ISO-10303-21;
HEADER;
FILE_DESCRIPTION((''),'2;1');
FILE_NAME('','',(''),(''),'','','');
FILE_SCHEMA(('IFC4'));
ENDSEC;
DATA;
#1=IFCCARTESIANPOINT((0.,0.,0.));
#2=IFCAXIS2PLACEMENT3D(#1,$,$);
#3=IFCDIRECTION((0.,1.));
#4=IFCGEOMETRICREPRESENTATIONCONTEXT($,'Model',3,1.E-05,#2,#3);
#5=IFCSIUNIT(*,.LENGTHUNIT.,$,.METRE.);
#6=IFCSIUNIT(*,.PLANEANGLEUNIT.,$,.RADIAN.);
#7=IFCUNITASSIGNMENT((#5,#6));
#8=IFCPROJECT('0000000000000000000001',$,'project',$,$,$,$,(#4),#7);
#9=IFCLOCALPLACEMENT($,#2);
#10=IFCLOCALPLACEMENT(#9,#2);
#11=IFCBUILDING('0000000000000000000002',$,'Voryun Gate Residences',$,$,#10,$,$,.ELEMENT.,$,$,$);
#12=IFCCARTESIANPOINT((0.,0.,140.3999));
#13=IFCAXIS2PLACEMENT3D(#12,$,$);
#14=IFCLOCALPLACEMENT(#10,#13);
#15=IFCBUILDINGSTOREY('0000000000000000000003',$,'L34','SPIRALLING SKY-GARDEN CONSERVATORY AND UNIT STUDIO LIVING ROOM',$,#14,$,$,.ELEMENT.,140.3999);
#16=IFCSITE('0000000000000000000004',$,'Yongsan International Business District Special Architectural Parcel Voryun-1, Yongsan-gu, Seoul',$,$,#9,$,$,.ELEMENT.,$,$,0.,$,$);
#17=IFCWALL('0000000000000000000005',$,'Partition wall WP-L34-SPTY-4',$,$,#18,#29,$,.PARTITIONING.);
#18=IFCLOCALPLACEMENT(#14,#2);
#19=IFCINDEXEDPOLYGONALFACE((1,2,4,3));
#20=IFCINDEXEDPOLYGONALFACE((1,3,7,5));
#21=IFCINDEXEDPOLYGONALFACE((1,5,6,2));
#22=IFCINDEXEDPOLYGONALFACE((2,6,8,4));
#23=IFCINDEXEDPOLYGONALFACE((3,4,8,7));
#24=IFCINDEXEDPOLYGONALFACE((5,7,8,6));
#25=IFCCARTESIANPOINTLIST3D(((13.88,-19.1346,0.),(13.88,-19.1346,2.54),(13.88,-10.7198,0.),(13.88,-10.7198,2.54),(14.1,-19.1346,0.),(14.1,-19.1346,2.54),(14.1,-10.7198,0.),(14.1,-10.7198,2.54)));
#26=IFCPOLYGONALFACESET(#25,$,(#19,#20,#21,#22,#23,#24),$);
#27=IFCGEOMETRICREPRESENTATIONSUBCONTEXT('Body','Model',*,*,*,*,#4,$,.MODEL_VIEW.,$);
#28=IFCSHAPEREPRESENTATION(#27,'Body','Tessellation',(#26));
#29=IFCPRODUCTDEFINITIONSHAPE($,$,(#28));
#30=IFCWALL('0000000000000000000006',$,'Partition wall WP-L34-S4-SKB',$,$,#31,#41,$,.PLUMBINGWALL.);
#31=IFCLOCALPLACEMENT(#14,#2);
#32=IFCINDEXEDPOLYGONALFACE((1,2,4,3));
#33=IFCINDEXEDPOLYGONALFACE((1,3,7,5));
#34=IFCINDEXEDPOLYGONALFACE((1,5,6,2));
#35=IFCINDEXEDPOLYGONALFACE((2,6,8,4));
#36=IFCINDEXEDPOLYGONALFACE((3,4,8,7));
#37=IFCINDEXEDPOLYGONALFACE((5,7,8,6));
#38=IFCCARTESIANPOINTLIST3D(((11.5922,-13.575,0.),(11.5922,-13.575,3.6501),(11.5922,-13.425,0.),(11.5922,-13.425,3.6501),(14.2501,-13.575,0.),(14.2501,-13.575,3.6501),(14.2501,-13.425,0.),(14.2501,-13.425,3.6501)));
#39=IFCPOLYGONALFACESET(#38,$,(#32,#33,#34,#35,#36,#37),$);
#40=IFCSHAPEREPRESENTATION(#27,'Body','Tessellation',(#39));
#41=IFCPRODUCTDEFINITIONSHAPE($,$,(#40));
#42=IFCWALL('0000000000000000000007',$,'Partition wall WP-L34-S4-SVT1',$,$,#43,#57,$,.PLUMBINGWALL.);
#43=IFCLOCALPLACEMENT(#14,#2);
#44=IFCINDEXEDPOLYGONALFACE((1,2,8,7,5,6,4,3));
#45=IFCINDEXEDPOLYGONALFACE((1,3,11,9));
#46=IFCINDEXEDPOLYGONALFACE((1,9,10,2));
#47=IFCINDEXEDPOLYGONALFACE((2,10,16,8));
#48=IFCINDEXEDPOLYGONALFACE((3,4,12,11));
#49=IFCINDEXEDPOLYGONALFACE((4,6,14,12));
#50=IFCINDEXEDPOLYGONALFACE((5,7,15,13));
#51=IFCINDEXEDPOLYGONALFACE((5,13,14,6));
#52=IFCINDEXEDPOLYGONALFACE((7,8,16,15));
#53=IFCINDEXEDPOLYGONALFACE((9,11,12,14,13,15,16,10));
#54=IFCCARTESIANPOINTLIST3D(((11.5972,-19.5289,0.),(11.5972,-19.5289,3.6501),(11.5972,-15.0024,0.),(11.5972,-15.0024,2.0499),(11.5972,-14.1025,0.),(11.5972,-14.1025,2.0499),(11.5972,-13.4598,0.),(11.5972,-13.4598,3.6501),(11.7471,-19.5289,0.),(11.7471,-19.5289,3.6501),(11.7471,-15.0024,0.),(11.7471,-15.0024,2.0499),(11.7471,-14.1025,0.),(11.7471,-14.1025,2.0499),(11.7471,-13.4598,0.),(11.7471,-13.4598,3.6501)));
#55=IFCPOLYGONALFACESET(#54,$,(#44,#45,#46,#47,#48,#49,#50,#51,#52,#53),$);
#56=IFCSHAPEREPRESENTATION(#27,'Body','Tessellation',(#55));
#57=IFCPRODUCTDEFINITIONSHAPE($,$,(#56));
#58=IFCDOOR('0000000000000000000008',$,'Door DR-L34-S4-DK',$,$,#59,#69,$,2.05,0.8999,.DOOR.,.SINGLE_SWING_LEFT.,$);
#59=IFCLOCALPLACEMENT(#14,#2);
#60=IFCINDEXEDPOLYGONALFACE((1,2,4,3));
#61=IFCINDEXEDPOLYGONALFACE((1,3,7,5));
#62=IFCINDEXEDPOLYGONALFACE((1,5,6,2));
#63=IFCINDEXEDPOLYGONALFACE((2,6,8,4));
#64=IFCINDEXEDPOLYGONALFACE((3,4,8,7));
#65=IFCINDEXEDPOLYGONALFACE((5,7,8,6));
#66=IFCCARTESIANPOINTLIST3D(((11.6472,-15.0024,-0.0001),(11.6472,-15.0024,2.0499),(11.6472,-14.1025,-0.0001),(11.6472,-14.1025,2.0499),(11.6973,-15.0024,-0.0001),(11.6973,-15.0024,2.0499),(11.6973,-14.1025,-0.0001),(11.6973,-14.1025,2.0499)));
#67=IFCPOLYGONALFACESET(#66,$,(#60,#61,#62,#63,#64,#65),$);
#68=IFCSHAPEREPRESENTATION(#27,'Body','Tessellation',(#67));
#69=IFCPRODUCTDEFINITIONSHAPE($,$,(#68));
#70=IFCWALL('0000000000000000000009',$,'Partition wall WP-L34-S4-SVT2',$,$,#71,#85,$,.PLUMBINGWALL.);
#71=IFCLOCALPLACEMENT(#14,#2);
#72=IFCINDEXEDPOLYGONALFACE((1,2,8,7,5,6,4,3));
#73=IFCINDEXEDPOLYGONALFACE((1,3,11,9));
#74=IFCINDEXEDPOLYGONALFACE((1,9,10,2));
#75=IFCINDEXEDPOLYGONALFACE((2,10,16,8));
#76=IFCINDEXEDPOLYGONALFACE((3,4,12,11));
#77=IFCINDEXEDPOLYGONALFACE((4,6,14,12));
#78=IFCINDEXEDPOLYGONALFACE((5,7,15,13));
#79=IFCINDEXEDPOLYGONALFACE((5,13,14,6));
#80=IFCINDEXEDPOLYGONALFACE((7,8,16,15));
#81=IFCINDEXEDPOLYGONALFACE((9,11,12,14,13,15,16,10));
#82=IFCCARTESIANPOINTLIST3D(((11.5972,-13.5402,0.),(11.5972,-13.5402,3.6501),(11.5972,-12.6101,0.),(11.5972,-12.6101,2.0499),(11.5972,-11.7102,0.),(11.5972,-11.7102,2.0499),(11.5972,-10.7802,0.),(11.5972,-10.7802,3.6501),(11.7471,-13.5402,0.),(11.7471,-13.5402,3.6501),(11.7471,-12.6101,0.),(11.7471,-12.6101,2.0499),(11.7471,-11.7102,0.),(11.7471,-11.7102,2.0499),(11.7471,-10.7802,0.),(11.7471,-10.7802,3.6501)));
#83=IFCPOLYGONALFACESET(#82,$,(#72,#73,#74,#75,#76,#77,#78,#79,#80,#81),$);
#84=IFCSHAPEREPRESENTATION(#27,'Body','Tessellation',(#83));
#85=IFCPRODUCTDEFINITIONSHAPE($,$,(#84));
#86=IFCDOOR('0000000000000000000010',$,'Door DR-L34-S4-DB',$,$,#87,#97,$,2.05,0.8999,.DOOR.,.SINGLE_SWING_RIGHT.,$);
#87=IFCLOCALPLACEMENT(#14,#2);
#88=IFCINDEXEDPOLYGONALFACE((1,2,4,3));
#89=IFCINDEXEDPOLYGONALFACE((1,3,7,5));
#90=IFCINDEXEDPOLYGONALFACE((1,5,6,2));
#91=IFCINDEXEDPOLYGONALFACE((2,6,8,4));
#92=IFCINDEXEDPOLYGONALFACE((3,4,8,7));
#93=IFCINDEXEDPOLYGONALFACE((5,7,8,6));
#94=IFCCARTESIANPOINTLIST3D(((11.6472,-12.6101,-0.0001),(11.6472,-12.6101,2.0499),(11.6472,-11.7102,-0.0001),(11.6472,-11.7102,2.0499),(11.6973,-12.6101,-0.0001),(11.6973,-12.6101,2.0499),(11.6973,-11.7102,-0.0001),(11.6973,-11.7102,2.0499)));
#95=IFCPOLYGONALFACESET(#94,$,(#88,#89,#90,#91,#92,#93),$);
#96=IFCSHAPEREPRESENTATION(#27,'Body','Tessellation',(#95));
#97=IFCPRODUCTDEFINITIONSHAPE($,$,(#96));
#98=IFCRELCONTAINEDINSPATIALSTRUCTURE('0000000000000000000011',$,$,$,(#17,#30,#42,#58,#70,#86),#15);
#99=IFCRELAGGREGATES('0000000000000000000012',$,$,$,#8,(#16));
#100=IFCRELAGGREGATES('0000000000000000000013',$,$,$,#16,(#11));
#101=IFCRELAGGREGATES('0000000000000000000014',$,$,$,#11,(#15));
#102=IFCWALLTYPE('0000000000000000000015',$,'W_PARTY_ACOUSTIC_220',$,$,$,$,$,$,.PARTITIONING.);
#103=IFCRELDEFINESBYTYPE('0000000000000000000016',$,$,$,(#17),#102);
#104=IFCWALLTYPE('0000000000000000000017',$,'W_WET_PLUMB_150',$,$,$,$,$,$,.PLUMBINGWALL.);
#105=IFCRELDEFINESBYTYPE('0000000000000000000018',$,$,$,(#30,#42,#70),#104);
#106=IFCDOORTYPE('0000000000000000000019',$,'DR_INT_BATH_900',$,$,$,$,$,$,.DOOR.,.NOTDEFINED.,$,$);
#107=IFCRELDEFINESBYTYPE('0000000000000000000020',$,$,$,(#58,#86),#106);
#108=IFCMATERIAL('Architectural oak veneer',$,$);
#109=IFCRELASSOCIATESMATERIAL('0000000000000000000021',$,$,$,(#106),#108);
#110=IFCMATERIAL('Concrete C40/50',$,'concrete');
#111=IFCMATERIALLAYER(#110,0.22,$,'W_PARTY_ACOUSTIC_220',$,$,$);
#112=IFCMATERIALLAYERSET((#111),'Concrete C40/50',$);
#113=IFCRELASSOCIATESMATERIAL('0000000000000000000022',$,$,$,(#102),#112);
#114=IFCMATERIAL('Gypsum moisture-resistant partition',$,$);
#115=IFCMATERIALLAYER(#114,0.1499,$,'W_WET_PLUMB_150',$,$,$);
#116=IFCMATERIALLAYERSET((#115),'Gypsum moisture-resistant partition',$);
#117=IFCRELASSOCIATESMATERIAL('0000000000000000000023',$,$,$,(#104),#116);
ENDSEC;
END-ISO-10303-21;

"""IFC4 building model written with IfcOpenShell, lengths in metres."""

from ifc_helpers import new_model, si_unit, direction, frame, frame_2d, origin, place, context, subcontext, project, spatial, rectangle, extrude, material, layer, layer_set, type_object, element, fill, save


model = new_model("IFC4")

# Units and contexts
model_context = context("Model", 3, precision=1e-05, world=origin(), true_north=direction((0.0, 1.0)))
body_context = subcontext(model_context, "Body", "Model", "MODEL_VIEW")
ifc_project = project(units=[si_unit("LENGTHUNIT", "METRE"), si_unit("PLANEANGLEUNIT", "RADIAN")], contexts=[model_context])

# Site, building, storey
site_placement = place(None, origin())
site = spatial("IfcSite", under=ifc_project, at=site_placement, Name="Yongsan International Business District Special Architectural Parcel Voryun-1, Yongsan-gu, Seoul", CompositionType="ELEMENT", RefElevation=0.0)
building_placement = place(site_placement, origin())
building = spatial("IfcBuilding", under=site, at=building_placement, Name="Voryun Gate Residences", CompositionType="ELEMENT")
storey_placement = place(building_placement, frame((0.0, 0.0, 140.3999)))
storey = spatial("IfcBuildingStorey", under=building, at=storey_placement, Name="L34", Description="SPIRALLING SKY-GARDEN CONSERVATORY AND UNIT STUDIO LIVING ROOM", CompositionType="ELEMENT", Elevation=140.3999)

# Shared definitions
ifc_material_1 = material(Name="Architectural oak veneer")
door_type_1 = type_object("IfcDoorType", Name="DR_INT_BATH_900", OperationType="NOTDEFINED", PredefinedType="DOOR", material=ifc_material_1)

# Walls
ifc_material_2 = material(Name="Concrete C40/50", Category="concrete")
ifc_layer_1 = layer(ifc_material_2, 0.22, Name="W_PARTY_ACOUSTIC_220")
ifc_layer_set_1 = layer_set([ifc_layer_1], Name="Concrete C40/50")
wall_type_1 = type_object("IfcWallType", Name="W_PARTY_ACOUSTIC_220", PredefinedType="PARTITIONING", material=ifc_layer_set_1)
wall_1_placement = place(storey_placement, frame((13.99, -19.1348, 0.0), z_axis=(0.0, 0.0, 1.0), x_axis=(0.0, 1.0, 0.0)))
element("IfcWall", 1, at=wall_1_placement, inside=storey, type_object=wall_type_1, Name="Partition wall WP-L34-SPTY-4", PredefinedType="PARTITIONING", context=body_context, shape_type="SweptSolid", body=[
    extrude(rectangle(XDim=8.4148, YDim=0.22, at=frame_2d((4.2075, 0.0))), origin(), (0.0, 0.0, 1.0), 2.54),
])
ifc_material_3 = material(Name="Gypsum moisture-resistant partition")
ifc_layer_2 = layer(ifc_material_3, 0.1499, Name="W_WET_PLUMB_150")
ifc_layer_set_2 = layer_set([ifc_layer_2], Name="Gypsum moisture-resistant partition")
wall_type_2 = type_object("IfcWallType", Name="W_WET_PLUMB_150", PredefinedType="PLUMBINGWALL", material=ifc_layer_set_2)
wall_2_placement = place(storey_placement, frame((11.592, -13.5, 0.0), z_axis=(0.0, 0.0, 1.0), x_axis=(1.0, 0.0, 0.0)))
element("IfcWall", 2, at=wall_2_placement, inside=storey, type_object=wall_type_2, Name="Partition wall WP-L34-S4-SKB", PredefinedType="PLUMBINGWALL", context=body_context, shape_type="SweptSolid", body=[
    extrude(rectangle(XDim=2.658, YDim=0.1499, at=frame_2d((1.3291, 0.0))), origin(), (0.0, 0.0, 1.0), 3.6501),
])

# Walls, openings, doors
wall_3_placement = place(storey_placement, frame((11.6721, -19.5291, 0.0), z_axis=(0.0, 0.0, 1.0), x_axis=(0.0, 1.0, 0.0)))
wall_3 = element("IfcWall", 3, at=wall_3_placement, inside=storey, type_object=wall_type_2, Name="Partition wall WP-L34-S4-SVT1", PredefinedType="PLUMBINGWALL", context=body_context, shape_type="SweptSolid", body=[
    extrude(rectangle(XDim=6.0691, YDim=0.1499, at=frame_2d((3.0347, 0.0))), origin(), (0.0, 0.0, 1.0), 3.6501),
])
opening_1_placement = place(wall_3_placement, frame((4.5266, 0.0, 0.0)))
opening_1 = element("IfcOpeningElement", 4, at=opening_1_placement, cuts=wall_3, PredefinedType="OPENING", context=body_context, shape_type="SweptSolid", body=[
    extrude(rectangle(XDim=0.8999, YDim=2.05, at=frame_2d((0.45, 1.0249))), frame((0.0, 0.085, 0.0), z_axis=(0.0, -1.0, 0.0), x_axis=(1.0, 0.0, 0.0)), (0.0, 0.0, 1.0), 0.1699),
])
door_1_placement = place(opening_1_placement, origin())
door_1 = element("IfcDoor", 5, at=door_1_placement, inside=storey, type_object=door_type_1, Name="Door DR-L34-S4-DK", OperationType="SINGLE_SWING_LEFT", OverallHeight=2.05, OverallWidth=0.8999, PredefinedType="DOOR", context=body_context, shape_type="SweptSolid", body=[
    extrude(rectangle(XDim=0.8999, YDim=2.05, at=frame_2d((0.45, 1.0249))), frame((0.0, 0.0249, 0.0), z_axis=(0.0, -1.0, 0.0), x_axis=(1.0, 0.0, 0.0)), (0.0, 0.0, 1.0), 0.05),
])
fill(opening_1, door_1)
wall_4_placement = place(storey_placement, frame((11.6721, -13.54, 0.0), z_axis=(0.0, 0.0, 1.0), x_axis=(0.0, 1.0, 0.0)))
wall_4 = element("IfcWall", 6, at=wall_4_placement, inside=storey, type_object=wall_type_2, Name="Partition wall WP-L34-S4-SVT2", PredefinedType="PLUMBINGWALL", context=body_context, shape_type="SweptSolid", body=[
    extrude(rectangle(XDim=2.76, YDim=0.1499, at=frame_2d((1.3799, 0.0))), origin(), (0.0, 0.0, 1.0), 3.6501),
])
opening_2_placement = place(wall_4_placement, frame((0.9299, 0.0, 0.0)))
opening_2 = element("IfcOpeningElement", 7, at=opening_2_placement, cuts=wall_4, PredefinedType="OPENING", context=body_context, shape_type="SweptSolid", body=[
    extrude(rectangle(XDim=0.8999, YDim=2.05, at=frame_2d((0.45, 1.0249))), frame((0.0, 0.085, 0.0), z_axis=(0.0, -1.0, 0.0), x_axis=(1.0, 0.0, 0.0)), (0.0, 0.0, 1.0), 0.1699),
])
door_2_placement = place(opening_2_placement, origin())
door_2 = element("IfcDoor", 8, at=door_2_placement, inside=storey, type_object=door_type_1, Name="Door DR-L34-S4-DB", OperationType="SINGLE_SWING_RIGHT", OverallHeight=2.05, OverallWidth=0.8999, PredefinedType="DOOR", context=body_context, shape_type="SweptSolid", body=[
    extrude(rectangle(XDim=0.8999, YDim=2.05, at=frame_2d((0.45, 1.0249))), frame((0.0, 0.0249, 0.0), z_axis=(0.0, -1.0, 0.0), x_axis=(1.0, 0.0, 0.0)), (0.0, 0.0, 1.0), 0.05),
])
fill(opening_2, door_2)

save(model, "model.ifc")
